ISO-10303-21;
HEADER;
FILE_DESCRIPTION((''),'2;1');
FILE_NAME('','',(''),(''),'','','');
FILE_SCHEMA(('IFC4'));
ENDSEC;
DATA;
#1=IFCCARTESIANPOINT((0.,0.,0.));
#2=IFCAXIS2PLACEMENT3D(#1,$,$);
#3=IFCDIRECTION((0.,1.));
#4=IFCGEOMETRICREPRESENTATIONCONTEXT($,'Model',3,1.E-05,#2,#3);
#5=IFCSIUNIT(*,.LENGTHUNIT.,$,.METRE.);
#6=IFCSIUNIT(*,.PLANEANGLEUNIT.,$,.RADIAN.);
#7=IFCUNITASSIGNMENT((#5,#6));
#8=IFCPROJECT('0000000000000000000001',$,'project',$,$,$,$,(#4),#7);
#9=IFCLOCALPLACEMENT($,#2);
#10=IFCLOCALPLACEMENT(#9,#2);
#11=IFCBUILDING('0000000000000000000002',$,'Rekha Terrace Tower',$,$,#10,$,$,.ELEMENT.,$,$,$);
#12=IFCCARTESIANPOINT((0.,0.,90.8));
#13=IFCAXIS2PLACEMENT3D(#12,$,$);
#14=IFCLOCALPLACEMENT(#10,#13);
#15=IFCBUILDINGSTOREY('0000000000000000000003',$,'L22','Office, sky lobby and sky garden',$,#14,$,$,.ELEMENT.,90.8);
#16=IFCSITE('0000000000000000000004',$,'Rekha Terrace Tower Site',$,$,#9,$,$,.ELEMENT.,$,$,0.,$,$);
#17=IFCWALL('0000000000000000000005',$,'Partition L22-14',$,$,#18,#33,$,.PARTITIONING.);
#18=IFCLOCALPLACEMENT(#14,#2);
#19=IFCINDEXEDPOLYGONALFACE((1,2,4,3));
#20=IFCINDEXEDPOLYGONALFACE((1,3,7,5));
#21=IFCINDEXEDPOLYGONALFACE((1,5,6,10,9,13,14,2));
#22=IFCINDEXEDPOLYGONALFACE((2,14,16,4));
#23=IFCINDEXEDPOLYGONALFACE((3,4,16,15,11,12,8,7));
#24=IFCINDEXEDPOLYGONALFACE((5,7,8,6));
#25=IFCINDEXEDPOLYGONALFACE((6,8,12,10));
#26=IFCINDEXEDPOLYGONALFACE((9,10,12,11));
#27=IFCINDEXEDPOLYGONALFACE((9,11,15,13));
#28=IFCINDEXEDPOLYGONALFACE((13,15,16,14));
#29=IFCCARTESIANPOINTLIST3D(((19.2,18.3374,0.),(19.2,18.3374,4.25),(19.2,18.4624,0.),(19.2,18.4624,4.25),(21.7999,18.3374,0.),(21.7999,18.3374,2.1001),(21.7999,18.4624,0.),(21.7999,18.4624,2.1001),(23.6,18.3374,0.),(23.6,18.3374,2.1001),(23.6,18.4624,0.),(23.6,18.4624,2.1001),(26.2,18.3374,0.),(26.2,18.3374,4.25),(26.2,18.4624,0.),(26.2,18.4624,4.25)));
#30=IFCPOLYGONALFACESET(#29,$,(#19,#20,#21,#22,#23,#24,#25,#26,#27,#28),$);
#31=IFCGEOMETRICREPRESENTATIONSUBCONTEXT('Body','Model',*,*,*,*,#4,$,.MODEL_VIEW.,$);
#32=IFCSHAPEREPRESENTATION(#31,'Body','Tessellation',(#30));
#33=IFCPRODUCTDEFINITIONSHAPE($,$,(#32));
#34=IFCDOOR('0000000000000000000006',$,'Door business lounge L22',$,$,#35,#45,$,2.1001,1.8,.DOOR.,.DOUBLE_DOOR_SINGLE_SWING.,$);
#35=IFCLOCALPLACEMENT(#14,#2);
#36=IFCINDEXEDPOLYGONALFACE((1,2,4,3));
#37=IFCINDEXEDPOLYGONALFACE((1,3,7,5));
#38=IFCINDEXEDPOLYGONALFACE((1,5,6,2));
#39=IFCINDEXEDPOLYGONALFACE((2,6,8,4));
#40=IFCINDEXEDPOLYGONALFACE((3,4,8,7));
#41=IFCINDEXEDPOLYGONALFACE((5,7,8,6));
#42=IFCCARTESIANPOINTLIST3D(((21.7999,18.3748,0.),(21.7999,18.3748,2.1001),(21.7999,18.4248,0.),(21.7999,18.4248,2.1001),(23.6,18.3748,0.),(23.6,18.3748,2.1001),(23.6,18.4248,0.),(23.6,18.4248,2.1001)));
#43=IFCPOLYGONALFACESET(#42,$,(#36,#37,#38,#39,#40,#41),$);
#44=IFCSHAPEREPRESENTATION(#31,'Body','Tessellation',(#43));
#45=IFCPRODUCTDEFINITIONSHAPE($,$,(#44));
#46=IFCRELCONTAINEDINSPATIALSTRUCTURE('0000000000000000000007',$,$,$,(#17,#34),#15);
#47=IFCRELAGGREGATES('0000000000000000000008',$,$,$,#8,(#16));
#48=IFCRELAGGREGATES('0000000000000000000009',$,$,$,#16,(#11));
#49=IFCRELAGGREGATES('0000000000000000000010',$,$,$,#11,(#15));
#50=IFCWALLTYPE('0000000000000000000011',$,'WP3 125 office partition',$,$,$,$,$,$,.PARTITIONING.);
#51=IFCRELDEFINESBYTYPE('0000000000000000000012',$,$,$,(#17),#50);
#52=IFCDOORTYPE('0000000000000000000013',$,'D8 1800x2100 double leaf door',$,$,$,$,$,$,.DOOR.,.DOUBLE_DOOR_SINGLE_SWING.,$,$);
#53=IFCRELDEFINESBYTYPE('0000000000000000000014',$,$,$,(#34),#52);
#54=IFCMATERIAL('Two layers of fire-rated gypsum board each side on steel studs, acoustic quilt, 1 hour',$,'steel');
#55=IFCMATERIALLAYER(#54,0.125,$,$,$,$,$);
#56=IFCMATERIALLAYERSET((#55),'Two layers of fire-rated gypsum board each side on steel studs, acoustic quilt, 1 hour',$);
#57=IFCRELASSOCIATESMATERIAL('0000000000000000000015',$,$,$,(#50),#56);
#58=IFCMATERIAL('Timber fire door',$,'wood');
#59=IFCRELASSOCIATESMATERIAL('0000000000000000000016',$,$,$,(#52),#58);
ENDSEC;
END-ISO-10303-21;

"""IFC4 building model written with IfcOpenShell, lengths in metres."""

from ifc_helpers import new_model, si_unit, direction, frame, frame_2d, origin, place, context, subcontext, project, spatial, rectangle, extrude, material, layer, layer_set, type_object, element, fill, save


model = new_model("IFC4")

# Units and contexts
model_context = context("Model", 3, precision=1e-05, world=origin(), true_north=direction((0.0, 1.0)))
body_context = subcontext(model_context, "Body", "Model", "MODEL_VIEW")
ifc_project = project(units=[si_unit("LENGTHUNIT", "METRE"), si_unit("PLANEANGLEUNIT", "RADIAN")], contexts=[model_context])

# Site, building, storey
site_placement = place(None, origin())
site = spatial("IfcSite", under=ifc_project, at=site_placement, Name="Rekha Terrace Tower Site", CompositionType="ELEMENT", RefElevation=0.0)
building_placement = place(site_placement, origin())
building = spatial("IfcBuilding", under=site, at=building_placement, Name="Rekha Terrace Tower", CompositionType="ELEMENT")
storey_placement = place(building_placement, frame((0.0, 0.0, 90.8)))
storey = spatial("IfcBuildingStorey", under=building, at=storey_placement, Name="L22", Description="Office, sky lobby and sky garden", CompositionType="ELEMENT", Elevation=90.8)

# Shared definitions
ifc_material_1 = material(Name="Two layers of fire-rated gypsum board each side on steel studs, acoustic quilt, 1 hour", Category="steel")
ifc_layer_1 = layer(ifc_material_1, 0.125)
ifc_layer_set_1 = layer_set([ifc_layer_1], Name="Two layers of fire-rated gypsum board each side on steel studs, acoustic quilt, 1 hour")
wall_type_1 = type_object("IfcWallType", Name="WP3 125 office partition", PredefinedType="PARTITIONING", material=ifc_layer_set_1)

# Wall, opening, door
wall_1_placement = place(storey_placement, frame((19.2, 18.3999, 0.0), z_axis=(0.0, 0.0, 1.0), x_axis=(1.0, 0.0, 0.0)))
wall_1 = element("IfcWall", 1, at=wall_1_placement, inside=storey, type_object=wall_type_1, Name="Partition L22-14", PredefinedType="PARTITIONING", context=body_context, shape_type="SweptSolid", body=[
    extrude(rectangle(XDim=7.0, YDim=0.125, at=frame_2d((3.5, 0.0))), origin(), (0.0, 0.0, 1.0), 4.25),
])
opening_1_placement = place(wall_1_placement, frame((2.6001, 0.0, 0.0)))
opening_1 = element("IfcOpeningElement", 2, at=opening_1_placement, cuts=wall_1, PredefinedType="OPENING", context=body_context, shape_type="SweptSolid", body=[
    extrude(rectangle(XDim=1.8, YDim=2.1001, at=frame_2d((0.8999, 1.05))), frame((0.0, 0.0725, 0.0), z_axis=(0.0, -1.0, 0.0), x_axis=(1.0, 0.0, 0.0)), (0.0, 0.0, 1.0), 0.145),
])
ifc_material_2 = material(Name="Timber fire door", Category="wood")
door_type_1 = type_object("IfcDoorType", Name="D8 1800x2100 double leaf door", OperationType="DOUBLE_DOOR_SINGLE_SWING", PredefinedType="DOOR", material=ifc_material_2)
door_1_placement = place(opening_1_placement, origin())
door_1 = element("IfcDoor", 3, at=door_1_placement, inside=storey, type_object=door_type_1, Name="Door business lounge L22", OperationType="DOUBLE_DOOR_SINGLE_SWING", OverallHeight=2.1001, OverallWidth=1.8, PredefinedType="DOOR", context=body_context, shape_type="SweptSolid", body=[
    extrude(rectangle(XDim=1.8, YDim=2.1001, at=frame_2d((0.8999, 1.05))), frame((0.0, 0.0249, 0.0), z_axis=(0.0, -1.0, 0.0), x_axis=(1.0, 0.0, 0.0)), (0.0, 0.0, 1.0), 0.05),
])
fill(opening_1, door_1)

save(model, "model.ifc")
